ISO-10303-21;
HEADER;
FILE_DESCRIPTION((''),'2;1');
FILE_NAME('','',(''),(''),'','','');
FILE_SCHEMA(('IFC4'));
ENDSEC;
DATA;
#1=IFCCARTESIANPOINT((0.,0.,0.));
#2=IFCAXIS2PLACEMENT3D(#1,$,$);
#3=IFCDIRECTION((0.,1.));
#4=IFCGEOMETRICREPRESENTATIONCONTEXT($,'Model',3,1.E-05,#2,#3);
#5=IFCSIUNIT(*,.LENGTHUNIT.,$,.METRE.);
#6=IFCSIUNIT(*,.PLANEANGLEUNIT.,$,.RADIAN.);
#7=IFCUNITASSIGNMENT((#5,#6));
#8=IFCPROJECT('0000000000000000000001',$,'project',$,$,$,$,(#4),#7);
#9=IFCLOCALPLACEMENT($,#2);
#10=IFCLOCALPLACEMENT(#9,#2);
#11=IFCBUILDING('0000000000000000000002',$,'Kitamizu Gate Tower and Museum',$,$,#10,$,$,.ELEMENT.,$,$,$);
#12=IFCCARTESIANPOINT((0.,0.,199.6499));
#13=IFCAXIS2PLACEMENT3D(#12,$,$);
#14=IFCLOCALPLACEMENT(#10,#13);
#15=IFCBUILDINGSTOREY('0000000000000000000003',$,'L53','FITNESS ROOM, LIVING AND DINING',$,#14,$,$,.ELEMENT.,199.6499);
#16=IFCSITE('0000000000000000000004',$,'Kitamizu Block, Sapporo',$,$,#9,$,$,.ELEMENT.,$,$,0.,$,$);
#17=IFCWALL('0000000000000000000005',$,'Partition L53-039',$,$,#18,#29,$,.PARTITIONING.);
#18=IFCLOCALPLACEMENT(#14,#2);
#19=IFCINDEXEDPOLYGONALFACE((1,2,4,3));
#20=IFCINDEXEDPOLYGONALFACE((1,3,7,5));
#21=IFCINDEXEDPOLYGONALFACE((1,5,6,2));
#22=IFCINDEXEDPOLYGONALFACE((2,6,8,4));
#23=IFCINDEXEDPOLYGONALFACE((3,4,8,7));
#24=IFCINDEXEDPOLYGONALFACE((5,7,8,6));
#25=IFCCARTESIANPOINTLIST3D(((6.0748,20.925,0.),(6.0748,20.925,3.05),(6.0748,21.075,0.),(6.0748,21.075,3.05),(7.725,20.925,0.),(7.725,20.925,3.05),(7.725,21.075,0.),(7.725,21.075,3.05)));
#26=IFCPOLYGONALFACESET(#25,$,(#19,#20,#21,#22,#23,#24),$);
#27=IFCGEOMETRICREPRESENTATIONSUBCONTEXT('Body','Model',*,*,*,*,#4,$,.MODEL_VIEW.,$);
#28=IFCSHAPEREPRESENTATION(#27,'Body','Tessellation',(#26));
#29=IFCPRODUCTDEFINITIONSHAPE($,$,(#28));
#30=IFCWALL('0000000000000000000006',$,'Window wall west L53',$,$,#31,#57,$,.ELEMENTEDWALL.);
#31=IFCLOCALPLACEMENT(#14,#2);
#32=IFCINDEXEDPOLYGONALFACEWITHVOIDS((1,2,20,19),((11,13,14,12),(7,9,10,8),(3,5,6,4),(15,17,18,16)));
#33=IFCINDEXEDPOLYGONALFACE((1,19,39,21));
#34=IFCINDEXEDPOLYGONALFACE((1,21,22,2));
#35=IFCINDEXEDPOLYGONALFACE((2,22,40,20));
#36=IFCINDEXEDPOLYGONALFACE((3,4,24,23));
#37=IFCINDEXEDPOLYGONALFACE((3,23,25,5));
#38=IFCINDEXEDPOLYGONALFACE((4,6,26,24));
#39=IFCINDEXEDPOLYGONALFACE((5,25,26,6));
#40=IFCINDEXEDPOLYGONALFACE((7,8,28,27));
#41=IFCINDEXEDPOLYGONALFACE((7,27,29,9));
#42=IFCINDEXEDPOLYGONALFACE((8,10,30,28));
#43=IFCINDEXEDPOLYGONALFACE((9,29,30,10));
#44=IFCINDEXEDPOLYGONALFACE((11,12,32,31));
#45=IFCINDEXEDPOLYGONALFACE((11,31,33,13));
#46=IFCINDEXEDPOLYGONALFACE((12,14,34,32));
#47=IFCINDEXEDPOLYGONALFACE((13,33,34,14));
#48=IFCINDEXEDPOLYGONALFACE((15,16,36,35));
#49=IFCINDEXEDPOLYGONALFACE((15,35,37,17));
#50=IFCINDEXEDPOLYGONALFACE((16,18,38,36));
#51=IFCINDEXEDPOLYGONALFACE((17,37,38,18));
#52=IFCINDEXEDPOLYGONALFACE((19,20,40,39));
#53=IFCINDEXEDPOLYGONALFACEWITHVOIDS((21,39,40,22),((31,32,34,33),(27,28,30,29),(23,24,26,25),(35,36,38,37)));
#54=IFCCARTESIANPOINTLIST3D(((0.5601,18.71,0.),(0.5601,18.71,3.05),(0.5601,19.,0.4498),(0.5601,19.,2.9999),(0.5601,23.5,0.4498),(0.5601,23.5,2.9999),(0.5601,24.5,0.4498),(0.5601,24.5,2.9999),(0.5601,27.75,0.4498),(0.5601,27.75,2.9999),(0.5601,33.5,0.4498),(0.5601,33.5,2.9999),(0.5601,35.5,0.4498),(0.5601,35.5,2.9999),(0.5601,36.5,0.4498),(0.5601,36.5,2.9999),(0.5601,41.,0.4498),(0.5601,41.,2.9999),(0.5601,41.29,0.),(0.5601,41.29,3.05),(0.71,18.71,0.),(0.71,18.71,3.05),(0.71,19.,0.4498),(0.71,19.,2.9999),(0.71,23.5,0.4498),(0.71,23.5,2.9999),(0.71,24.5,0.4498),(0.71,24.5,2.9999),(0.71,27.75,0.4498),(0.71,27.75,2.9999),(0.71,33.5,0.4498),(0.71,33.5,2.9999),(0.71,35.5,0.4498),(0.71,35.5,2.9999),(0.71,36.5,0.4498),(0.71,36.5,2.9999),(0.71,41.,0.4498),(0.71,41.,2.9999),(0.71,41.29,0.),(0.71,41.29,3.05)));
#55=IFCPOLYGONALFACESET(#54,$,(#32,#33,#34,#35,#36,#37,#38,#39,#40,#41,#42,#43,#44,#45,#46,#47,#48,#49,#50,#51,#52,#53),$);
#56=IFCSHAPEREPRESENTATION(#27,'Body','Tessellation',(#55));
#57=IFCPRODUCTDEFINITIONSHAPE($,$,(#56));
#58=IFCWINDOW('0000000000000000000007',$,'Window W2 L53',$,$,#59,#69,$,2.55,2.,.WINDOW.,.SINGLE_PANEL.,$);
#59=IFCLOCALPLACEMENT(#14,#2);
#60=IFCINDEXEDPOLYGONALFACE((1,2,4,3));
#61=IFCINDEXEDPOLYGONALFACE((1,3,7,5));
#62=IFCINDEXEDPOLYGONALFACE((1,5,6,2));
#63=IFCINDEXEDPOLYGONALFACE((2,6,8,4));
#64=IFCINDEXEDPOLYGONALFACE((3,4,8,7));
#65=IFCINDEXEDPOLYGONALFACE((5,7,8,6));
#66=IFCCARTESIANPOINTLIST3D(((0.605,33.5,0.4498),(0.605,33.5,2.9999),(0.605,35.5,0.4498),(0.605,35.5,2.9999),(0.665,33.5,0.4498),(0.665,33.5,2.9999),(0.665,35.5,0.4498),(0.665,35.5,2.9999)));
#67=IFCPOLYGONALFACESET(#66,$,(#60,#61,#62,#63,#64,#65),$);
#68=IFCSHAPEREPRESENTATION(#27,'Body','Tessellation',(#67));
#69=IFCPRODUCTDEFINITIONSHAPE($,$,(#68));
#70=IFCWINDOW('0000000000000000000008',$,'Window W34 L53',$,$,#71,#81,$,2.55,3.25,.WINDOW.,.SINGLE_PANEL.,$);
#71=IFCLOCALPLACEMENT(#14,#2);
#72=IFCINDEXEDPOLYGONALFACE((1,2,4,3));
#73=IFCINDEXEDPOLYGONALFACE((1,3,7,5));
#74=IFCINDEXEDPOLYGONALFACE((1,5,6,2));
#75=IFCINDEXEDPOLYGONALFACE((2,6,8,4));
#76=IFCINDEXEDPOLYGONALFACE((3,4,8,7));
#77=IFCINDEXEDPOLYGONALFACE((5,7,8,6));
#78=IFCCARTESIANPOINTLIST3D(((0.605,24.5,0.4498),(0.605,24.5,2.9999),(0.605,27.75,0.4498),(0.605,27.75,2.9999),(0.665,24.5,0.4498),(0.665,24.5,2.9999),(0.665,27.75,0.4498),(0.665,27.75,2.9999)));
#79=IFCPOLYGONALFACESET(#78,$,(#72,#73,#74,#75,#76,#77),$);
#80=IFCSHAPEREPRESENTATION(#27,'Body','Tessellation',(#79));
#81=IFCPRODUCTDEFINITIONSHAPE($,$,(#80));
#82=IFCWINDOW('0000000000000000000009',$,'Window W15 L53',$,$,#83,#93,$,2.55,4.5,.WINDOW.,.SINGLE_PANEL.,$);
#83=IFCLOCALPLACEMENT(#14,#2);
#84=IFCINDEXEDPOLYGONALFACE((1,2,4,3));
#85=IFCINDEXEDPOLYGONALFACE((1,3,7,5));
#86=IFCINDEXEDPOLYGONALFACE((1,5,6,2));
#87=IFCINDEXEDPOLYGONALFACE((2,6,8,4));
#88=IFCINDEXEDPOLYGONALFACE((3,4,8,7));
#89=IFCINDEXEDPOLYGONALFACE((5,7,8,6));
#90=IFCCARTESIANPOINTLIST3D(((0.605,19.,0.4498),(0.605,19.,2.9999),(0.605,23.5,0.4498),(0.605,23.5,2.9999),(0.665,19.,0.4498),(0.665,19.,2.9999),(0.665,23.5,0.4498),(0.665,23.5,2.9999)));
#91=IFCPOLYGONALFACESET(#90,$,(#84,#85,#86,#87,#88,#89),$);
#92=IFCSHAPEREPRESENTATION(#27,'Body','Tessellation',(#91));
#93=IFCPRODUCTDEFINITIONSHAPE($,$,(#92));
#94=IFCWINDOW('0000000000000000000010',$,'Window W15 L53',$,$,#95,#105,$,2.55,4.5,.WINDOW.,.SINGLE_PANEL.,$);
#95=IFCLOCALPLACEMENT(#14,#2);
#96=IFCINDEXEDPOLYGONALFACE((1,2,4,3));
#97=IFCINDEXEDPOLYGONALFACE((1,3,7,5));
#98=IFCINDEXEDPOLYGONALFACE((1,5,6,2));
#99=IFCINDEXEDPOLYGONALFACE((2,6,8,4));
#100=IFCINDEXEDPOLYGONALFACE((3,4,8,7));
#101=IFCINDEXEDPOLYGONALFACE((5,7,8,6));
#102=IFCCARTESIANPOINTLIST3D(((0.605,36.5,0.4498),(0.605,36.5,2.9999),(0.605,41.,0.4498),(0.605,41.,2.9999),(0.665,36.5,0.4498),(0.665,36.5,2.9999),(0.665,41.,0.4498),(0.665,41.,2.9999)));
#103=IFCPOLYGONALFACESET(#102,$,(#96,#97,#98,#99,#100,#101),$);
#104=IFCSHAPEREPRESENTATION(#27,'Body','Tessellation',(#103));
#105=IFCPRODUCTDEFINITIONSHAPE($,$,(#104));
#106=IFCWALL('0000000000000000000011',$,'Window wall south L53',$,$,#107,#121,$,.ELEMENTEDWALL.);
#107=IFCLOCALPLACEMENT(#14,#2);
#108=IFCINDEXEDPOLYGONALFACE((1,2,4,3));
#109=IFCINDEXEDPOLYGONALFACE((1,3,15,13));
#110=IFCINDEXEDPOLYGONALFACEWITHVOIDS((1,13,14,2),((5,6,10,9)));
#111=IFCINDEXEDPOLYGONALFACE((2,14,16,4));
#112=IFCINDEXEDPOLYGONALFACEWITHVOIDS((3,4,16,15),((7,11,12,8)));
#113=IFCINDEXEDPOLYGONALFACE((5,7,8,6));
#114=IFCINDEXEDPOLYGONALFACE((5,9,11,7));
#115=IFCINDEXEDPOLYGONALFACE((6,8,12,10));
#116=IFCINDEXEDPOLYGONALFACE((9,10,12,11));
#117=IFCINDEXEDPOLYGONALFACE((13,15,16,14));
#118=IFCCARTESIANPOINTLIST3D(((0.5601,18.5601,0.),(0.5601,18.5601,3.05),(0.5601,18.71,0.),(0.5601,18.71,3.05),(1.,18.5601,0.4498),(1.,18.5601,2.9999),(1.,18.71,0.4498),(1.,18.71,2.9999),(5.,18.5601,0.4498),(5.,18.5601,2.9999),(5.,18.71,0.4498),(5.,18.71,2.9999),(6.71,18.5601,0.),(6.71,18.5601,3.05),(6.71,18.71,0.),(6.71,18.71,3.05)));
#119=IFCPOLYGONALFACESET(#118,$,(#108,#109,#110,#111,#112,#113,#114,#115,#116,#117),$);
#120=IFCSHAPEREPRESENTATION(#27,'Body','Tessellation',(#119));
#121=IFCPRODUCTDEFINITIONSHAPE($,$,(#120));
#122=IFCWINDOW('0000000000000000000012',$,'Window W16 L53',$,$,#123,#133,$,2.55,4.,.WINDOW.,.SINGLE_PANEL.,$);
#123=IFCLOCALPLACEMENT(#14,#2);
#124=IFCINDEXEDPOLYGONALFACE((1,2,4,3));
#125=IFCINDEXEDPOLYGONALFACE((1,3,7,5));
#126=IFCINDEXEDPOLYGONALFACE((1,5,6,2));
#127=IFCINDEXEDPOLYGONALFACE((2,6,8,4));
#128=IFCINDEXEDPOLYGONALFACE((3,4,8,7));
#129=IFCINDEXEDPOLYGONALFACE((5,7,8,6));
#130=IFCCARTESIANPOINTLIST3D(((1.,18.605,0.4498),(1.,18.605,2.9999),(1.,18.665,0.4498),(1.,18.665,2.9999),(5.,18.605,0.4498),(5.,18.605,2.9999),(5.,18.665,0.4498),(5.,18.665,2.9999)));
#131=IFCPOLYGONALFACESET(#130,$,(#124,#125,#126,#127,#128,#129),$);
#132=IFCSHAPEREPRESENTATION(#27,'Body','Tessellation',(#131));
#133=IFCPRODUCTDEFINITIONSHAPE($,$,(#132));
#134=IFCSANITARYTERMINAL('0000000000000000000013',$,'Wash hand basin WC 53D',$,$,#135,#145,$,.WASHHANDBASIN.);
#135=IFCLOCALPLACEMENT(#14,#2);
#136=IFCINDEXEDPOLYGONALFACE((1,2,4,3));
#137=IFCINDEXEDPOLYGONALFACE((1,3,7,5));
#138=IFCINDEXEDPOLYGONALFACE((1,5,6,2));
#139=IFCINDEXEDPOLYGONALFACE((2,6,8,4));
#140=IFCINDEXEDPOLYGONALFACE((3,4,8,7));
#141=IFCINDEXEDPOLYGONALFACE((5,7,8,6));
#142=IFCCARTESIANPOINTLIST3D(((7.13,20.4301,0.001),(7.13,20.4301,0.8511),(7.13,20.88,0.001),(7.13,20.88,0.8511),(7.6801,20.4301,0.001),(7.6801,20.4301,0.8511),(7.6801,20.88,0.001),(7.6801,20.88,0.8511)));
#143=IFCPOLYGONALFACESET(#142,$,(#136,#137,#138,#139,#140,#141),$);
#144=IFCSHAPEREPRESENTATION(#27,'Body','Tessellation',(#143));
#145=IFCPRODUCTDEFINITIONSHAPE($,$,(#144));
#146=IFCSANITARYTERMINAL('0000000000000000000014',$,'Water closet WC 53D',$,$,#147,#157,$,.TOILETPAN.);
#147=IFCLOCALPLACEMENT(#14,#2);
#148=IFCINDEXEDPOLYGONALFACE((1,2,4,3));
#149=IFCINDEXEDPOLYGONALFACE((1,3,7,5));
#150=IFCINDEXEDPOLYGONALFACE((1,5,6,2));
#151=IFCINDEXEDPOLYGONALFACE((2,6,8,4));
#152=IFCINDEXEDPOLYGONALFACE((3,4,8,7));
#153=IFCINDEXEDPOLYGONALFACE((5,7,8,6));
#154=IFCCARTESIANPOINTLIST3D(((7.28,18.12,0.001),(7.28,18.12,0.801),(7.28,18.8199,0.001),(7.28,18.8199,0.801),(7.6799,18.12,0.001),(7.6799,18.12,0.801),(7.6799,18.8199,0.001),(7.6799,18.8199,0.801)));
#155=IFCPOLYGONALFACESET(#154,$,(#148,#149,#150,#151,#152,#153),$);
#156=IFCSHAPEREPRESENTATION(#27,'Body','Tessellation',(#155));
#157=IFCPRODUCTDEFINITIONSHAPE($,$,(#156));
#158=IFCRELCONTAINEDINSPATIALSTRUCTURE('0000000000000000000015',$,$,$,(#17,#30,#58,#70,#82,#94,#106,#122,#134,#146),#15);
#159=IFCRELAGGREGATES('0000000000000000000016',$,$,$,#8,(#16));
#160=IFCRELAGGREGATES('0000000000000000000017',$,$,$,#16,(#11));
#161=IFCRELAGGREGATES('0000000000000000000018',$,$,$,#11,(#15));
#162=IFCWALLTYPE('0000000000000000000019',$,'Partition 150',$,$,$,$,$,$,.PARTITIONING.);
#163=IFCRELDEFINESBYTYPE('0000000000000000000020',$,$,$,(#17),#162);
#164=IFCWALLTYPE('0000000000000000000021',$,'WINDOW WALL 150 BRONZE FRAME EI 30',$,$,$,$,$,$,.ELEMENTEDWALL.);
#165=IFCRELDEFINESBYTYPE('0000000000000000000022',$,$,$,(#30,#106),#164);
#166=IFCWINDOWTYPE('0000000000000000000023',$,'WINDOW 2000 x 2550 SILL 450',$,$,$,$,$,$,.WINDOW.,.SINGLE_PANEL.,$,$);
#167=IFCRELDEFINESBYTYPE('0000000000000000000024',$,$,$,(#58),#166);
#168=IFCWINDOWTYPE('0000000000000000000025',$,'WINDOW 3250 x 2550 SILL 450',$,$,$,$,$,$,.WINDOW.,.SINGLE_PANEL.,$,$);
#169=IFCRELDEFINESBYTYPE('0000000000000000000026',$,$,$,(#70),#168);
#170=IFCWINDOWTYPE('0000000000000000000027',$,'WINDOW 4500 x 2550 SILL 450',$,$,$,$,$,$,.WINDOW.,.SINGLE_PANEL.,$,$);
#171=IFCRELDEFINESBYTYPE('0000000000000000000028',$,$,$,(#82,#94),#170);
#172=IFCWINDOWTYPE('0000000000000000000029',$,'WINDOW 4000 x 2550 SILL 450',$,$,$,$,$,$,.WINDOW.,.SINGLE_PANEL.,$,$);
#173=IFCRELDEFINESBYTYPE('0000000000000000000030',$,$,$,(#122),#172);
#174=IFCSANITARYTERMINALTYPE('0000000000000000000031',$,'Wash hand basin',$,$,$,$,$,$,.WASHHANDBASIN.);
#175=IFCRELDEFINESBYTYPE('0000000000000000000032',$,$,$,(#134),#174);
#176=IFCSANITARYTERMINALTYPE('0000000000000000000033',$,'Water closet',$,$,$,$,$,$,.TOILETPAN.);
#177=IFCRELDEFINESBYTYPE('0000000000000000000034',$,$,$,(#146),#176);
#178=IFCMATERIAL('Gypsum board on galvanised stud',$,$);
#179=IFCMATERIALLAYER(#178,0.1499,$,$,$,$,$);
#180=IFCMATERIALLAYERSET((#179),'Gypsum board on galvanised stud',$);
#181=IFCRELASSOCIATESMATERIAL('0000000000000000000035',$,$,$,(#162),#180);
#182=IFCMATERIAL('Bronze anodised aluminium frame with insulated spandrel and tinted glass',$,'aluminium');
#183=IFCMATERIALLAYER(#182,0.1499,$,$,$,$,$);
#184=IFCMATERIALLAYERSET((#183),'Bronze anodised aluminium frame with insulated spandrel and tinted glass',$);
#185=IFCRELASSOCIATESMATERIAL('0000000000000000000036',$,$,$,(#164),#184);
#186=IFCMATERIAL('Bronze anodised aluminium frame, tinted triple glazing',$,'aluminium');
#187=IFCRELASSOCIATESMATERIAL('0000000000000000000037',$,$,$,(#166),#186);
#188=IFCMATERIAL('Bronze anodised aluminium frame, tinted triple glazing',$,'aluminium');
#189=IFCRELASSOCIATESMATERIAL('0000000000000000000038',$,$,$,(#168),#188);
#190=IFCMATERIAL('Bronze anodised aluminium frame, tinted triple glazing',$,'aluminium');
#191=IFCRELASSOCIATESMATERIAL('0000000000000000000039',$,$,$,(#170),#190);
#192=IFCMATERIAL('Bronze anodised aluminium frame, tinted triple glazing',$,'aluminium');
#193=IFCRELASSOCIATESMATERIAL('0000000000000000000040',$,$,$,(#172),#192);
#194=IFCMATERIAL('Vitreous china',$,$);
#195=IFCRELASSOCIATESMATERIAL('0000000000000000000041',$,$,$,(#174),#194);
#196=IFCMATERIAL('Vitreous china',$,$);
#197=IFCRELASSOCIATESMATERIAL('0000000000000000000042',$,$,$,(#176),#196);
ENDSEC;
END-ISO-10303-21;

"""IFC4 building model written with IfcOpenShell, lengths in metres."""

from ifc_helpers import new_model, si_unit, direction, frame, frame_2d, origin, origin_2d, place, context, subcontext, project, spatial, rectangle, extrude, material, layer, layer_set, type_object, element, fill, save


model = new_model("IFC4")

# Units and contexts
model_context = context("Model", 3, precision=1e-05, world=origin(), true_north=direction((0.0, 1.0)))
body_context = subcontext(model_context, "Body", "Model", "MODEL_VIEW")
ifc_project = project(units=[si_unit("LENGTHUNIT", "METRE"), si_unit("PLANEANGLEUNIT", "RADIAN")], contexts=[model_context])

# Site, building, storey
site_placement = place(None, origin())
site = spatial("IfcSite", under=ifc_project, at=site_placement, Name="Kitamizu Block, Sapporo", CompositionType="ELEMENT", RefElevation=0.0)
building_placement = place(site_placement, origin())
building = spatial("IfcBuilding", under=site, at=building_placement, Name="Kitamizu Gate Tower and Museum", CompositionType="ELEMENT")
storey_placement = place(building_placement, frame((0.0, 0.0, 199.6499)))
storey = spatial("IfcBuildingStorey", under=building, at=storey_placement, Name="L53", Description="FITNESS ROOM, LIVING AND DINING", CompositionType="ELEMENT", Elevation=199.6499)

# Shared definitions
ifc_material_1 = material(Name="Gypsum board on galvanised stud")
ifc_layer_1 = layer(ifc_material_1, 0.1499)
ifc_layer_set_1 = layer_set([ifc_layer_1], Name="Gypsum board on galvanised stud")
wall_type_1 = type_object("IfcWallType", Name="Partition 150", PredefinedType="PARTITIONING", material=ifc_layer_set_1)

# Wall
wall_1_placement = place(storey_placement, frame((7.7251, 21.0, 0.0), z_axis=(0.0, 0.0, 1.0), x_axis=(-1.0, 0.0, 0.0)))
element("IfcWall", 1, at=wall_1_placement, inside=storey, type_object=wall_type_1, Name="Partition L53-039", PredefinedType="PARTITIONING", context=body_context, shape_type="SweptSolid", body=[
    extrude(rectangle(XDim=1.6501, YDim=0.1499, at=frame_2d((0.8252, 0.0))), origin(), (0.0, 0.0, 1.0), 3.05),
])

# Wall, openings, windows
ifc_material_2 = material(Name="Bronze anodised aluminium frame with insulated spandrel and tinted glass", Category="aluminium")
ifc_layer_2 = layer(ifc_material_2, 0.1499)
ifc_layer_set_2 = layer_set([ifc_layer_2], Name="Bronze anodised aluminium frame with insulated spandrel and tinted glass")
wall_type_2 = type_object("IfcWallType", Name="WINDOW WALL 150 BRONZE FRAME EI 30", PredefinedType="ELEMENTEDWALL", material=ifc_layer_set_2)
wall_2_placement = place(storey_placement, frame((0.635, 18.71, 0.0), z_axis=(0.0, 0.0, 1.0), x_axis=(0.0, 1.0, 0.0)))
wall_2 = element("IfcWall", 2, at=wall_2_placement, inside=storey, type_object=wall_type_2, Name="Window wall west L53", PredefinedType="ELEMENTEDWALL", context=body_context, shape_type="SweptSolid", body=[
    extrude(rectangle(XDim=22.5801, YDim=0.1499, at=frame_2d((11.29, 0.0))), origin(), (0.0, 0.0, 1.0), 3.05),
])
opening_1_placement = place(wall_2_placement, frame((0.29, 0.0, 0.45)))
opening_1 = element("IfcOpeningElement", 3, at=opening_1_placement, cuts=wall_2, PredefinedType="OPENING", context=body_context, shape_type="SweptSolid", body=[
    extrude(rectangle(XDim=4.5, YDim=2.55, at=frame_2d((2.25, 1.2749))), frame((0.0, 0.085, 0.0), z_axis=(0.0, -1.0, 0.0), x_axis=(1.0, 0.0, 0.0)), (0.0, 0.0, 1.0), 0.1699),
])
opening_2_placement = place(wall_2_placement, frame((5.79, 0.0, 0.45)))
opening_2 = element("IfcOpeningElement", 4, at=opening_2_placement, cuts=wall_2, PredefinedType="OPENING", context=body_context, shape_type="SweptSolid", body=[
    extrude(rectangle(XDim=3.25, YDim=2.55, at=frame_2d((1.625, 1.2749))), frame((0.0, 0.085, 0.0), z_axis=(0.0, -1.0, 0.0), x_axis=(1.0, 0.0, 0.0)), (0.0, 0.0, 1.0), 0.1699),
])
opening_3_placement = place(wall_2_placement, frame((14.79, 0.0, 0.45)))
opening_3 = element("IfcOpeningElement", 5, at=opening_3_placement, cuts=wall_2, PredefinedType="OPENING", context=body_context, shape_type="SweptSolid", body=[
    extrude(rectangle(XDim=2.0, YDim=2.55, at=frame_2d((1.0, 1.2749))), frame((0.0, 0.085, 0.0), z_axis=(0.0, -1.0, 0.0), x_axis=(1.0, 0.0, 0.0)), (0.0, 0.0, 1.0), 0.1699),
])
opening_4_placement = place(wall_2_placement, frame((17.79, 0.0, 0.45)))
opening_4 = element("IfcOpeningElement", 6, at=opening_4_placement, cuts=wall_2, PredefinedType="OPENING", context=body_context, shape_type="SweptSolid", body=[
    extrude(rectangle(XDim=4.5, YDim=2.55, at=frame_2d((2.25, 1.2749))), frame((0.0, 0.085, 0.0), z_axis=(0.0, -1.0, 0.0), x_axis=(1.0, 0.0, 0.0)), (0.0, 0.0, 1.0), 0.1699),
])
ifc_material_3 = material(Name="Bronze anodised aluminium frame, tinted triple glazing", Category="aluminium")
window_type_1 = type_object("IfcWindowType", Name="WINDOW 2000 x 2550 SILL 450", PartitioningType="SINGLE_PANEL", PredefinedType="WINDOW", material=ifc_material_3)
window_1_placement = place(opening_3_placement, origin())
window_1 = element("IfcWindow", 7, at=window_1_placement, inside=storey, type_object=window_type_1, Name="Window W2 L53", OverallHeight=2.55, OverallWidth=2.0, PartitioningType="SINGLE_PANEL", PredefinedType="WINDOW", context=body_context, shape_type="SweptSolid", body=[
    extrude(rectangle(XDim=2.0, YDim=2.55, at=frame_2d((1.0, 1.2749))), frame((0.0, 0.03, 0.0), z_axis=(0.0, -1.0, 0.0), x_axis=(1.0, 0.0, 0.0)), (0.0, 0.0, 1.0), 0.0601),
])
fill(opening_3, window_1)
ifc_material_4 = material(Name="Bronze anodised aluminium frame, tinted triple glazing", Category="aluminium")
window_type_2 = type_object("IfcWindowType", Name="WINDOW 3250 x 2550 SILL 450", PartitioningType="SINGLE_PANEL", PredefinedType="WINDOW", material=ifc_material_4)
window_2_placement = place(opening_2_placement, origin())
window_2 = element("IfcWindow", 8, at=window_2_placement, inside=storey, type_object=window_type_2, Name="Window W34 L53", OverallHeight=2.55, OverallWidth=3.25, PartitioningType="SINGLE_PANEL", PredefinedType="WINDOW", context=body_context, shape_type="SweptSolid", body=[
    extrude(rectangle(XDim=3.25, YDim=2.55, at=frame_2d((1.625, 1.2749))), frame((0.0, 0.03, 0.0), z_axis=(0.0, -1.0, 0.0), x_axis=(1.0, 0.0, 0.0)), (0.0, 0.0, 1.0), 0.0601),
])
fill(opening_2, window_2)
ifc_material_5 = material(Name="Bronze anodised aluminium frame, tinted triple glazing", Category="aluminium")
window_type_3 = type_object("IfcWindowType", Name="WINDOW 4500 x 2550 SILL 450", PartitioningType="SINGLE_PANEL", PredefinedType="WINDOW", material=ifc_material_5)
window_3_placement = place(opening_1_placement, origin())
window_3 = element("IfcWindow", 9, at=window_3_placement, inside=storey, type_object=window_type_3, Name="Window W15 L53", OverallHeight=2.55, OverallWidth=4.5, PartitioningType="SINGLE_PANEL", PredefinedType="WINDOW", context=body_context, shape_type="SweptSolid", body=[
    extrude(rectangle(XDim=4.5, YDim=2.55, at=frame_2d((2.25, 1.2749))), frame((0.0, 0.03, 0.0), z_axis=(0.0, -1.0, 0.0), x_axis=(1.0, 0.0, 0.0)), (0.0, 0.0, 1.0), 0.0601),
])
fill(opening_1, window_3)
window_4_placement = place(opening_4_placement, origin())
window_4 = element("IfcWindow", 10, at=window_4_placement, inside=storey, type_object=window_type_3, Name="Window W15 L53", OverallHeight=2.55, OverallWidth=4.5, PartitioningType="SINGLE_PANEL", PredefinedType="WINDOW", context=body_context, shape_type="SweptSolid", body=[
    extrude(rectangle(XDim=4.5, YDim=2.55, at=frame_2d((2.25, 1.2749))), frame((0.0, 0.03, 0.0), z_axis=(0.0, -1.0, 0.0), x_axis=(1.0, 0.0, 0.0)), (0.0, 0.0, 1.0), 0.0601),
])
fill(opening_4, window_4)

# Wall, opening, window
wall_3_placement = place(storey_placement, frame((0.5601, 18.635, 0.0), z_axis=(0.0, 0.0, 1.0), x_axis=(1.0, 0.0, 0.0)))
wall_3 = element("IfcWall", 11, at=wall_3_placement, inside=storey, type_object=wall_type_2, Name="Window wall south L53", PredefinedType="ELEMENTEDWALL", context=body_context, shape_type="SweptSolid", body=[
    extrude(rectangle(XDim=6.1499, YDim=0.1499, at=frame_2d((3.075, 0.0))), origin(), (0.0, 0.0, 1.0), 3.05),
])
opening_5_placement = place(wall_3_placement, frame((0.4399, 0.0, 0.45)))
opening_5 = element("IfcOpeningElement", 12, at=opening_5_placement, cuts=wall_3, PredefinedType="OPENING", context=body_context, shape_type="SweptSolid", body=[
    extrude(rectangle(XDim=4.0, YDim=2.55, at=frame_2d((2.0, 1.2749))), frame((0.0, 0.085, 0.0), z_axis=(0.0, -1.0, 0.0), x_axis=(1.0, 0.0, 0.0)), (0.0, 0.0, 1.0), 0.1699),
])
ifc_material_6 = material(Name="Bronze anodised aluminium frame, tinted triple glazing", Category="aluminium")
window_type_4 = type_object("IfcWindowType", Name="WINDOW 4000 x 2550 SILL 450", PartitioningType="SINGLE_PANEL", PredefinedType="WINDOW", material=ifc_material_6)
window_5_placement = place(opening_5_placement, origin())
window_5 = element("IfcWindow", 13, at=window_5_placement, inside=storey, type_object=window_type_4, Name="Window W16 L53", OverallHeight=2.55, OverallWidth=4.0, PartitioningType="SINGLE_PANEL", PredefinedType="WINDOW", context=body_context, shape_type="SweptSolid", body=[
    extrude(rectangle(XDim=4.0, YDim=2.55, at=frame_2d((2.0, 1.2749))), frame((0.0, 0.03, 0.0), z_axis=(0.0, -1.0, 0.0), x_axis=(1.0, 0.0, 0.0)), (0.0, 0.0, 1.0), 0.0601),
])
fill(opening_5, window_5)

# Sanitary terminals
ifc_material_7 = material(Name="Vitreous china")
sanitary_terminal_type_1 = type_object("IfcSanitaryTerminalType", Name="Wash hand basin", PredefinedType="WASHHANDBASIN", material=ifc_material_7)
sanitary_terminal_1_placement = place(storey_placement, frame((7.405, 20.655, 0.001), z_axis=(0.0, 0.0, 1.0), x_axis=(1.0, 0.0, 0.0)))
element("IfcSanitaryTerminal", 14, at=sanitary_terminal_1_placement, inside=storey, type_object=sanitary_terminal_type_1, Name="Wash hand basin WC 53D", PredefinedType="WASHHANDBASIN", context=body_context, shape_type="SweptSolid", body=[
    extrude(rectangle(XDim=0.55, YDim=0.45, at=origin_2d()), origin(), (0.0, 0.0, 1.0), 0.8501),
])
ifc_material_8 = material(Name="Vitreous china")
sanitary_terminal_type_2 = type_object("IfcSanitaryTerminalType", Name="Water closet", PredefinedType="TOILETPAN", material=ifc_material_8)
sanitary_terminal_2_placement = place(storey_placement, frame((7.48, 18.47, 0.001), z_axis=(0.0, 0.0, 1.0), x_axis=(1.0, 0.0, 0.0)))
element("IfcSanitaryTerminal", 15, at=sanitary_terminal_2_placement, inside=storey, type_object=sanitary_terminal_type_2, Name="Water closet WC 53D", PredefinedType="TOILETPAN", context=body_context, shape_type="SweptSolid", body=[
    extrude(rectangle(XDim=0.3999, YDim=0.7, at=origin_2d()), origin(), (0.0, 0.0, 1.0), 0.8),
])

save(model, "model.ifc")
